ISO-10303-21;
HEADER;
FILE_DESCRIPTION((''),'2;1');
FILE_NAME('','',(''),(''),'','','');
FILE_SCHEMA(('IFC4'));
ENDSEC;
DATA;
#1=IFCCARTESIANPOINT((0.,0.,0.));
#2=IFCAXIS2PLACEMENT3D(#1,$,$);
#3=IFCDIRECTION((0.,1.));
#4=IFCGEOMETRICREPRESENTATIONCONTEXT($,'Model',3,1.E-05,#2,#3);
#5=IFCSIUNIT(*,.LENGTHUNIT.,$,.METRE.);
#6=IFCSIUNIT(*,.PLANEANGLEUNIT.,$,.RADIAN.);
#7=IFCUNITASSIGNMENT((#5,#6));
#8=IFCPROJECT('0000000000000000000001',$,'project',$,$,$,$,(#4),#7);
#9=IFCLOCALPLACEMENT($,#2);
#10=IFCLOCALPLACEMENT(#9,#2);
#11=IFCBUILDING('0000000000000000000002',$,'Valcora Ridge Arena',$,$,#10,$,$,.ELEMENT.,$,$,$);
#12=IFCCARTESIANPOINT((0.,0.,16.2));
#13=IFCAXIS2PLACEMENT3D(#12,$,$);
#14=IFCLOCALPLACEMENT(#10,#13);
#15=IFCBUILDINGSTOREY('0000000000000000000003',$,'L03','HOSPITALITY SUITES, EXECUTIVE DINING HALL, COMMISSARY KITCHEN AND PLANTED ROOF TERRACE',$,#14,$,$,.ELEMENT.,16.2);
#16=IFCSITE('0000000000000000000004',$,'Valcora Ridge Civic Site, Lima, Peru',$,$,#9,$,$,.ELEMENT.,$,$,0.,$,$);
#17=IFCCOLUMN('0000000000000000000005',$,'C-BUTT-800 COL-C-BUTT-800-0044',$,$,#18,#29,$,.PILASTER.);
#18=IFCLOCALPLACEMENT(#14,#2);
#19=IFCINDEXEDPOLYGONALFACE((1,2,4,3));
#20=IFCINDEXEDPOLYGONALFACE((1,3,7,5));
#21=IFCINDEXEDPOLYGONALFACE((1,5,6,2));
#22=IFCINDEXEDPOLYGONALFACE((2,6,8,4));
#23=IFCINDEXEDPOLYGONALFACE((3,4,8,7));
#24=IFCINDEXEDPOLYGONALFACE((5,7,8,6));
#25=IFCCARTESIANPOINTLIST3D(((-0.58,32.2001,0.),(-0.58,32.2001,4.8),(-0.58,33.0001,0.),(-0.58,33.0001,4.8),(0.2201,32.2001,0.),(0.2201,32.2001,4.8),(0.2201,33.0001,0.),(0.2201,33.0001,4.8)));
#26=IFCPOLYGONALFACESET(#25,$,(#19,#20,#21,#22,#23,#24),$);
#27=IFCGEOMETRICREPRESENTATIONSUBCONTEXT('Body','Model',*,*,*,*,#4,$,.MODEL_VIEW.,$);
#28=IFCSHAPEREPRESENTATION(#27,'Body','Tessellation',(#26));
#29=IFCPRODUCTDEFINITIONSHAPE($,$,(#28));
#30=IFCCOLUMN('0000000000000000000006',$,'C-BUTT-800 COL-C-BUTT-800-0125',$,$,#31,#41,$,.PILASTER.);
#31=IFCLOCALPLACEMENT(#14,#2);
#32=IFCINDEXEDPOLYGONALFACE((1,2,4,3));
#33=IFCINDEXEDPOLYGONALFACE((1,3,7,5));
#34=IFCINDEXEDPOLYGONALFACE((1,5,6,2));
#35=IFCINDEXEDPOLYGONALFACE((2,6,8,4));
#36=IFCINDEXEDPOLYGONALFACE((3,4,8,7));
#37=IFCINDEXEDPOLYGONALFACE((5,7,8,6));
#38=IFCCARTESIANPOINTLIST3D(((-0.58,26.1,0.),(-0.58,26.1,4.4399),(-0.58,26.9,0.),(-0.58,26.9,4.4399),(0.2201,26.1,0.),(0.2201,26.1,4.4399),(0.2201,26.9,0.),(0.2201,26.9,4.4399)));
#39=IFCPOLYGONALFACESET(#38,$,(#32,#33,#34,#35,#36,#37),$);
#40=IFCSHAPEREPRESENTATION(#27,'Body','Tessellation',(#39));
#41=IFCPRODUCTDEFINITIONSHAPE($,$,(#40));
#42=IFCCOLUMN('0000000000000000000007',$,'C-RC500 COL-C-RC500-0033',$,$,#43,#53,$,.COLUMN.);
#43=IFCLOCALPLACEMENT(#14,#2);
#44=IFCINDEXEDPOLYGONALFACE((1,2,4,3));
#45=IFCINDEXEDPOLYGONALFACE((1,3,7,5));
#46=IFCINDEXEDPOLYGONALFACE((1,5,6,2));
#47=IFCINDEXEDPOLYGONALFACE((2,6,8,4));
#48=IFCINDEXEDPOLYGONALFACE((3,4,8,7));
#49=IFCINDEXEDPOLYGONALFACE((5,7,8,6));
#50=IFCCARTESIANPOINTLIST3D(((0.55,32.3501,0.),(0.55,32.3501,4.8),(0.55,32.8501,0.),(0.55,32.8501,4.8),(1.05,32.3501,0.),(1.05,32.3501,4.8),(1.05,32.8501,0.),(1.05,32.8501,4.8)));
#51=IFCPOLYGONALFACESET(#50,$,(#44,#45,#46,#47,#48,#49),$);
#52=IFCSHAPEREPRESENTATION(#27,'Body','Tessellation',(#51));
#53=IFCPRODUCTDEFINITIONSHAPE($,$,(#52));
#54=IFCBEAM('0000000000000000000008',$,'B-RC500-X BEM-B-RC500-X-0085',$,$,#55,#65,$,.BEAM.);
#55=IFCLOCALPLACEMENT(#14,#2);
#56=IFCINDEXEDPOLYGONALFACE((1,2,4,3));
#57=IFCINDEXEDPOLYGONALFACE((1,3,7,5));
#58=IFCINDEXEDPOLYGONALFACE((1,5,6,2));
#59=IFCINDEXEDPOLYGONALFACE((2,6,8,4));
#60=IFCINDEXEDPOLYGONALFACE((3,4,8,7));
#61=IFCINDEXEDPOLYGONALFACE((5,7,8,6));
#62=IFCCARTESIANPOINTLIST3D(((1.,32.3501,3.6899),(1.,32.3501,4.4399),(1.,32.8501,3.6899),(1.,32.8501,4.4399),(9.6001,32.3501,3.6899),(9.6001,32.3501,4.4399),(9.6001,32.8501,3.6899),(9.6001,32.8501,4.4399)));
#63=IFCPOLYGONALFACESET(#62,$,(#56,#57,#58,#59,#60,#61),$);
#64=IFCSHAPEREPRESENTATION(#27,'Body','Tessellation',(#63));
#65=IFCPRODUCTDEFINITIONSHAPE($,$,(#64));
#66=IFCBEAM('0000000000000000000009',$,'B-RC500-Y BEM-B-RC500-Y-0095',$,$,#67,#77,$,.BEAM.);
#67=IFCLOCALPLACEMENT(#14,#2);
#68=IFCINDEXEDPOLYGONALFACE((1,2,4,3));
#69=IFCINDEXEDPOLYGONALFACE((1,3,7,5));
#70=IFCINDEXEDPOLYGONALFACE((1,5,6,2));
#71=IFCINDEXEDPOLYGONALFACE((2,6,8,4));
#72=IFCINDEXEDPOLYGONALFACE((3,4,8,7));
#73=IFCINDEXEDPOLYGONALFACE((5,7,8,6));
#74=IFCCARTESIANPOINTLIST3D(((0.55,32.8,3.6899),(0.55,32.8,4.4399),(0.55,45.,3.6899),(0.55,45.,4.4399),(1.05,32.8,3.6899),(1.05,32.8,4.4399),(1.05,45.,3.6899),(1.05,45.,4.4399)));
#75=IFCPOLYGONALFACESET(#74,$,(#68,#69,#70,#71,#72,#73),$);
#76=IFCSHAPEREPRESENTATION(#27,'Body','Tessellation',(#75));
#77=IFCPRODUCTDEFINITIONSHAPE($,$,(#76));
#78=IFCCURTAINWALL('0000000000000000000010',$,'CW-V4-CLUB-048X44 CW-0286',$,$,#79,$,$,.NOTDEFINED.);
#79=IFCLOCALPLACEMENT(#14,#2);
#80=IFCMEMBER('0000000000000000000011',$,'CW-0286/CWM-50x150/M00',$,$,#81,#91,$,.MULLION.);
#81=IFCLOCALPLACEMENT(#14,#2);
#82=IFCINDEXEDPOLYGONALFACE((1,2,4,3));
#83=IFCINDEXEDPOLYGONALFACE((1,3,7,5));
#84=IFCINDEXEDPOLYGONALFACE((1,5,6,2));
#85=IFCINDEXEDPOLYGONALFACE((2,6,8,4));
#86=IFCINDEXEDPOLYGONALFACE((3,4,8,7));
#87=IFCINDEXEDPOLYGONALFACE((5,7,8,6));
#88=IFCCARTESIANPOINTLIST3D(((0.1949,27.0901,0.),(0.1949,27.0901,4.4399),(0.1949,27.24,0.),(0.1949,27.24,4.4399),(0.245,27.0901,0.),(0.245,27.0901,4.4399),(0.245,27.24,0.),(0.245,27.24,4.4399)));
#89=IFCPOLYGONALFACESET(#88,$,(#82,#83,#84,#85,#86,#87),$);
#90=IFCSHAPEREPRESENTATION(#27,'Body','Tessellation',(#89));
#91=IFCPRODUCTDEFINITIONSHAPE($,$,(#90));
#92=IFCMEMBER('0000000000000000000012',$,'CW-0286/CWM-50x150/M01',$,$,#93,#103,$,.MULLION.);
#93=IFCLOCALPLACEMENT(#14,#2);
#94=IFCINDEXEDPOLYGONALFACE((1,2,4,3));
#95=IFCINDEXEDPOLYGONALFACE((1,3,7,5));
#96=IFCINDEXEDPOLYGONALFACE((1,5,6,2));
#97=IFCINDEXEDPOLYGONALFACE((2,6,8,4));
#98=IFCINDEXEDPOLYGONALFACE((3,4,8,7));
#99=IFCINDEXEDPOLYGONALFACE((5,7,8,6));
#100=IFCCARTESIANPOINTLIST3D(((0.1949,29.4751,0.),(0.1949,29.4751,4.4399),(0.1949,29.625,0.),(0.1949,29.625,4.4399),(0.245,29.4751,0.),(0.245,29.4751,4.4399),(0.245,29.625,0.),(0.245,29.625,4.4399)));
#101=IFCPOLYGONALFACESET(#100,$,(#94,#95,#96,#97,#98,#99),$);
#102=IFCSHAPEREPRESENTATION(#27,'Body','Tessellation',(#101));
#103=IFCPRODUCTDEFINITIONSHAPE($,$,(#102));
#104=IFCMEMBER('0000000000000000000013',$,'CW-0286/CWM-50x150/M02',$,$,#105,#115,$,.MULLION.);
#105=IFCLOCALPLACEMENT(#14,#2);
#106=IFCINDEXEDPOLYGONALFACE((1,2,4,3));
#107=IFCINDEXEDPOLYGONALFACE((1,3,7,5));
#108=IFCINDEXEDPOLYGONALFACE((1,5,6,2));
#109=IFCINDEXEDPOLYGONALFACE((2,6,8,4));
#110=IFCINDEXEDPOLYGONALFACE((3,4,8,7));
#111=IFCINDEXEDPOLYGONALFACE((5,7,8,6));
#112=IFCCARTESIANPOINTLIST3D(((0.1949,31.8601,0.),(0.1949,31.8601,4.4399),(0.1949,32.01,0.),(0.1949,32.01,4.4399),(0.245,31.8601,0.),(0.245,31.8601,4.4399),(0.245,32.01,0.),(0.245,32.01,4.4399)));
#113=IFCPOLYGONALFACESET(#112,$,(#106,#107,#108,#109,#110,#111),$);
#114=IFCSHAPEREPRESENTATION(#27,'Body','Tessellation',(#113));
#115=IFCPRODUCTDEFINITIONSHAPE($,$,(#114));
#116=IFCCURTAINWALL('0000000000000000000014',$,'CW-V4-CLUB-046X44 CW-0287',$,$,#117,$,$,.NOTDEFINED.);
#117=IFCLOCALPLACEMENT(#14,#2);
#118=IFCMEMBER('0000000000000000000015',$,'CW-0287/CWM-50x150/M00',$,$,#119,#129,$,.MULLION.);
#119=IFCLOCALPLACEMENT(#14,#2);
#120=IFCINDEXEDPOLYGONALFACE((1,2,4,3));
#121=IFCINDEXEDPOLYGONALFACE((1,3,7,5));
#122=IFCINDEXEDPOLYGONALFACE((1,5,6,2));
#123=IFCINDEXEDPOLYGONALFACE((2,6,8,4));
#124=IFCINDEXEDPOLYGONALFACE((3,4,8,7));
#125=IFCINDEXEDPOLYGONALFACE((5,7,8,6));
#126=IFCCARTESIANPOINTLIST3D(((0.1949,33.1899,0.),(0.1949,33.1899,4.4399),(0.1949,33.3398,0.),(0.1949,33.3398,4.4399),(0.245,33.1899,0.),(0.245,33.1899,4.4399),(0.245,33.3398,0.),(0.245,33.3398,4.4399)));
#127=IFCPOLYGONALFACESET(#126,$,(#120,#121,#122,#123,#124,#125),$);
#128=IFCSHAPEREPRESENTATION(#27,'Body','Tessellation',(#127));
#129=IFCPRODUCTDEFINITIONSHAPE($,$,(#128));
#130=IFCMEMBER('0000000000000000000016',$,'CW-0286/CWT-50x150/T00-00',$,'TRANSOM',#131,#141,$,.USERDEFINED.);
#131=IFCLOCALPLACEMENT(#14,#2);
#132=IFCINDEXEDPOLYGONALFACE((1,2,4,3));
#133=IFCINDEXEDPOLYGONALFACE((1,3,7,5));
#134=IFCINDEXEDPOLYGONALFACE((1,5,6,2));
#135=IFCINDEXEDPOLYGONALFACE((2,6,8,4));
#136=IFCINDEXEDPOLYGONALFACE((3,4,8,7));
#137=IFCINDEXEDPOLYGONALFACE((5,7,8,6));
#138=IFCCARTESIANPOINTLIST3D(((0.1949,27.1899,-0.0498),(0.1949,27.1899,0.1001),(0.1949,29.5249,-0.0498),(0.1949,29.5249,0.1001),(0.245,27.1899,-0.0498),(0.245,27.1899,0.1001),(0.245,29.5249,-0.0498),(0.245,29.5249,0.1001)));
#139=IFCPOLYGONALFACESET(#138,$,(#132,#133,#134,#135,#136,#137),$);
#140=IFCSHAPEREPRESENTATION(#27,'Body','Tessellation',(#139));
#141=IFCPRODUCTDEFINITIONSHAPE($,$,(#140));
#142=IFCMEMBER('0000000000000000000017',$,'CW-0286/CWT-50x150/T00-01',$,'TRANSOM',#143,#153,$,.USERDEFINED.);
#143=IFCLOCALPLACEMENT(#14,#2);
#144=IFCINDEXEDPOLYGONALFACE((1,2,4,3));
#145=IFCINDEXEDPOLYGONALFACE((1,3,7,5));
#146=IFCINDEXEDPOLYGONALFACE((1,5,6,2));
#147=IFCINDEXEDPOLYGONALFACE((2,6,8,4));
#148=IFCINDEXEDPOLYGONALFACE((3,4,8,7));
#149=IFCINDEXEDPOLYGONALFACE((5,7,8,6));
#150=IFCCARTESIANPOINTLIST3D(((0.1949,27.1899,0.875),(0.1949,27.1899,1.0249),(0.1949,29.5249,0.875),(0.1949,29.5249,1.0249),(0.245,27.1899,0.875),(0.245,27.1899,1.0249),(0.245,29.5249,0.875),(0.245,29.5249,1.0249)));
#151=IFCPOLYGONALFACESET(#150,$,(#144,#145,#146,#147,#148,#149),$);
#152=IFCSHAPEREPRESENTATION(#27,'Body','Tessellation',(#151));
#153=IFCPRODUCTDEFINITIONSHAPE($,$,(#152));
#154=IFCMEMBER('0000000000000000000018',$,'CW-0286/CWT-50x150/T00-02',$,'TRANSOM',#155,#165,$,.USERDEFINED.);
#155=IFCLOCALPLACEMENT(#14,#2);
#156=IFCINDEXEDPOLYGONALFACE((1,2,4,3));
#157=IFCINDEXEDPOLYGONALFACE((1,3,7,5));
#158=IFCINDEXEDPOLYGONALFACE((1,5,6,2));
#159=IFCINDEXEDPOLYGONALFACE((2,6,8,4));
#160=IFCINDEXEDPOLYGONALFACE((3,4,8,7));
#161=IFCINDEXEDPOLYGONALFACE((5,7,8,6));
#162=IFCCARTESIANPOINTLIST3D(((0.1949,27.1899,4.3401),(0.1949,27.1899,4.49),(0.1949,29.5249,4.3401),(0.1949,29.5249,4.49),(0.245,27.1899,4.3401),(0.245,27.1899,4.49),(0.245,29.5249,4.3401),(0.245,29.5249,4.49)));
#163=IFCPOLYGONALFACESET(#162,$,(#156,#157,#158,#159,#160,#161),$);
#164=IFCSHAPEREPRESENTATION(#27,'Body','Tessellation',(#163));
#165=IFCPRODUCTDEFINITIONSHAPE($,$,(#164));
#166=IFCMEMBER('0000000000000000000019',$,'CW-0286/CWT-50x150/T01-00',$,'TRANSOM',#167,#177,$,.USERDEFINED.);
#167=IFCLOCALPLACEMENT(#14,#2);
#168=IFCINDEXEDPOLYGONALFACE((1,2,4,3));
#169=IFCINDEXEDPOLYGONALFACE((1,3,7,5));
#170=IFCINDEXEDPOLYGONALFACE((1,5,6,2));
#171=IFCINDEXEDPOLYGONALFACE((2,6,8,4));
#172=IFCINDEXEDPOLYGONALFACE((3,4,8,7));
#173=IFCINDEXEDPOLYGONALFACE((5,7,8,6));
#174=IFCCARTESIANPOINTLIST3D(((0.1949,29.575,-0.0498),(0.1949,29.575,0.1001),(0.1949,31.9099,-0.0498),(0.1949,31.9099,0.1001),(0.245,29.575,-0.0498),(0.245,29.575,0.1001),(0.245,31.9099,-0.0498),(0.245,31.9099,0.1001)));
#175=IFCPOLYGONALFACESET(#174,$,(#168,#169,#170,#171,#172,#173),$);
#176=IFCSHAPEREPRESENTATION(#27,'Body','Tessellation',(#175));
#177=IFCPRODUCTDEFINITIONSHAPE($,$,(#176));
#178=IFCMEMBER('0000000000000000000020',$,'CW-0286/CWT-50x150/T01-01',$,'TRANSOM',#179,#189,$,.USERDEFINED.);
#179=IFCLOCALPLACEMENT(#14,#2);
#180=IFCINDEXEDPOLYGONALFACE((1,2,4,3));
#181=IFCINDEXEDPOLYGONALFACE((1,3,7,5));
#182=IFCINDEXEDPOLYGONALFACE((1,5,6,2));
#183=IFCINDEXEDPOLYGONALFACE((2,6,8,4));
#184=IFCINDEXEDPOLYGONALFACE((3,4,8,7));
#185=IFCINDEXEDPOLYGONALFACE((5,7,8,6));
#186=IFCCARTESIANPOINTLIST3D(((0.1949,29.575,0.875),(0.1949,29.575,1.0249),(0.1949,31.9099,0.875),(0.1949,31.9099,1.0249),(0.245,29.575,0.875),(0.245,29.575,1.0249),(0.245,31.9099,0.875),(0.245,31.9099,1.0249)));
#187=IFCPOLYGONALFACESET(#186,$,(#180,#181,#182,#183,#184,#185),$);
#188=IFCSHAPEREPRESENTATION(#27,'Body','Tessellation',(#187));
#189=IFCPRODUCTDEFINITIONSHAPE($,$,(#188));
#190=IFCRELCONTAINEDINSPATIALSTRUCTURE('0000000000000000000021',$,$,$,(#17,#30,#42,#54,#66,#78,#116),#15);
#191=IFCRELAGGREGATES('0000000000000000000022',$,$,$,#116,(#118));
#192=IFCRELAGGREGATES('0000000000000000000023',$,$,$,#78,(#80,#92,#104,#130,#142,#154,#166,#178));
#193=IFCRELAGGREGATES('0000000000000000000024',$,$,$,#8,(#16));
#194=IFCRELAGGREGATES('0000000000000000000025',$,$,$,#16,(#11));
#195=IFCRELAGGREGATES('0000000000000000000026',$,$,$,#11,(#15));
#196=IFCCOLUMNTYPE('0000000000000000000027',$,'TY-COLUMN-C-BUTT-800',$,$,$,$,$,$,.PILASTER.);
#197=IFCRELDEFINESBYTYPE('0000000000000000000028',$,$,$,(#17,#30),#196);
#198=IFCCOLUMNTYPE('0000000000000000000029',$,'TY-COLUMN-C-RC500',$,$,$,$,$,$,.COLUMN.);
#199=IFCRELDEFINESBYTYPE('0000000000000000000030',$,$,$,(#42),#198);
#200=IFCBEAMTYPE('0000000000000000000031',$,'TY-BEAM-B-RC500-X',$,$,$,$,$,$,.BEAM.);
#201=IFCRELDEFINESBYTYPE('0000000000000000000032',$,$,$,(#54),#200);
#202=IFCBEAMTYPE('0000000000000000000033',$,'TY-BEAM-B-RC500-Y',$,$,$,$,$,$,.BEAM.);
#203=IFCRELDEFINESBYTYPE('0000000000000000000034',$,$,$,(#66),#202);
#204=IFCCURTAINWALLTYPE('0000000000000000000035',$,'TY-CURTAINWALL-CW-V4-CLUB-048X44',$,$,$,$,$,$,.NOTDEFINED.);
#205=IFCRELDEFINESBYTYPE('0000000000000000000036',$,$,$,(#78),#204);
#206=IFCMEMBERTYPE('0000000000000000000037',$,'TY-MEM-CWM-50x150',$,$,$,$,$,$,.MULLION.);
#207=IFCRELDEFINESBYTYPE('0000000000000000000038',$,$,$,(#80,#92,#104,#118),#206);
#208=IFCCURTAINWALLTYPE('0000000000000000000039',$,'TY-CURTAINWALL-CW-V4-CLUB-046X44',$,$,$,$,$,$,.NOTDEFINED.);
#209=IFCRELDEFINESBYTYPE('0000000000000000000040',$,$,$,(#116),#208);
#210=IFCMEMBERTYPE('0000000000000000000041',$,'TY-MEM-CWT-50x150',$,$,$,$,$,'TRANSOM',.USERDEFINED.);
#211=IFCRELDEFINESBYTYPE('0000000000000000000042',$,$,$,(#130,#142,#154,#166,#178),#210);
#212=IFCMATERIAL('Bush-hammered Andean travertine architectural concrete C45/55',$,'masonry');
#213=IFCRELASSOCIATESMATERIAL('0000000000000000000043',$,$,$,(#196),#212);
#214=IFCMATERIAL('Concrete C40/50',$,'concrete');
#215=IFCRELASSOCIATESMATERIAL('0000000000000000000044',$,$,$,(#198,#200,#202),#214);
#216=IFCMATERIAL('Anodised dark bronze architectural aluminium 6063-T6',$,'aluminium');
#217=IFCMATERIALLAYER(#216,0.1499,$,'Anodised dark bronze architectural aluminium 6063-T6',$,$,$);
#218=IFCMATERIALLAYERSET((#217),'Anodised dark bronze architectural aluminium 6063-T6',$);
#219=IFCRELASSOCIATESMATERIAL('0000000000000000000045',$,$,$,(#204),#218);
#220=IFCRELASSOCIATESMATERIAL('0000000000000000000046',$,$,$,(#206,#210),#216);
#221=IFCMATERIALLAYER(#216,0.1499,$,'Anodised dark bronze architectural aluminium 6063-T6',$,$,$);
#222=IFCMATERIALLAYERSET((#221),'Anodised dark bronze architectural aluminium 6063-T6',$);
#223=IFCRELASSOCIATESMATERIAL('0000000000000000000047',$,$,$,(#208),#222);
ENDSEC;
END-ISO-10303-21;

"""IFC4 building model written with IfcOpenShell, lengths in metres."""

from ifc_helpers import new_model, si_unit, direction, frame, origin, origin_2d, place, context, subcontext, project, spatial, rectangle, extrude, material, layer, layer_set, material_profile, profile_set, type_object, element, aggregate, save


model = new_model("IFC4")

# Units and contexts
model_context = context("Model", 3, precision=1e-05, world=origin(), true_north=direction((0.0, 1.0)))
body_context = subcontext(model_context, "Body", "Model", "MODEL_VIEW")
ifc_project = project(units=[si_unit("LENGTHUNIT", "METRE"), si_unit("PLANEANGLEUNIT", "RADIAN")], contexts=[model_context])

# Site, building, storey
site_placement = place(None, origin())
site = spatial("IfcSite", under=ifc_project, at=site_placement, Name="Valcora Ridge Civic Site, Lima, Peru", CompositionType="ELEMENT", RefElevation=0.0)
building_placement = place(site_placement, origin())
building = spatial("IfcBuilding", under=site, at=building_placement, Name="Valcora Ridge Arena", CompositionType="ELEMENT")
storey_placement = place(building_placement, frame((0.0, 0.0, 16.2)))
storey = spatial("IfcBuildingStorey", under=building, at=storey_placement, Name="L03", Description="HOSPITALITY SUITES, EXECUTIVE DINING HALL, COMMISSARY KITCHEN AND PLANTED ROOF TERRACE", CompositionType="ELEMENT", Elevation=16.2)

# Columns
ifc_material_1 = material(Name="Bush-hammered Andean travertine architectural concrete C45/55", Category="masonry")
ifc_material_profile_1 = material_profile(ifc_material_1, rectangle(XDim=0.8, YDim=0.8, at=origin_2d()), Name="RC 800x800")
ifc_profile_set_1 = profile_set([ifc_material_profile_1], Name="Bush-hammered Andean travertine architectural concrete C45/55")
column_type_1 = type_object("IfcColumnType", Name="TY-COLUMN-C-BUTT-800", PredefinedType="PILASTER", material=ifc_profile_set_1)
column_1_placement = place(storey_placement, frame((-0.1799, 32.6001, 0.0), z_axis=(0.0, 0.0, 1.0), x_axis=(1.0, 0.0, 0.0)))
element("IfcColumn", 1, at=column_1_placement, inside=storey, type_object=column_type_1, Name="C-BUTT-800 COL-C-BUTT-800-0044", PredefinedType="PILASTER", context=body_context, shape_type="SweptSolid", body=[
    extrude(rectangle(XDim=0.8, YDim=0.8, at=origin_2d()), origin(), (0.0, 0.0, 1.0), 4.8),
])
column_2_placement = place(storey_placement, frame((-0.1799, 26.5, 0.0), z_axis=(0.0, 0.0, 1.0), x_axis=(1.0, 0.0, 0.0)))
element("IfcColumn", 2, at=column_2_placement, inside=storey, type_object=column_type_1, Name="C-BUTT-800 COL-C-BUTT-800-0125", PredefinedType="PILASTER", context=body_context, shape_type="SweptSolid", body=[
    extrude(rectangle(XDim=0.8, YDim=0.8, at=origin_2d()), origin(), (0.0, 0.0, 1.0), 4.4399),
])
ifc_material_2 = material(Name="Concrete C40/50", Category="concrete")
ifc_material_profile_2 = material_profile(ifc_material_2, rectangle(XDim=0.5, YDim=0.5, at=origin_2d()), Name="RC 500x500")
ifc_profile_set_2 = profile_set([ifc_material_profile_2], Name="Concrete C40/50")
column_type_2 = type_object("IfcColumnType", Name="TY-COLUMN-C-RC500", PredefinedType="COLUMN", material=ifc_profile_set_2)
column_3_placement = place(storey_placement, frame((0.8, 32.6001, 0.0), z_axis=(0.0, 0.0, 1.0), x_axis=(1.0, 0.0, 0.0)))
element("IfcColumn", 3, at=column_3_placement, inside=storey, type_object=column_type_2, Name="C-RC500 COL-C-RC500-0033", PredefinedType="COLUMN", context=body_context, shape_type="SweptSolid", body=[
    extrude(rectangle(XDim=0.5, YDim=0.5, at=origin_2d()), origin(), (0.0, 0.0, 1.0), 4.8),
])

# Beams
ifc_material_profile_3 = material_profile(ifc_material_2, rectangle(XDim=0.5, YDim=0.75, at=origin_2d()), Name="RC 500x750")
ifc_profile_set_3 = profile_set([ifc_material_profile_3], Name="Concrete C40/50")
beam_type_1 = type_object("IfcBeamType", Name="TY-BEAM-B-RC500-X", PredefinedType="BEAM", material=ifc_profile_set_3)
beam_1_placement = place(storey_placement, frame((1.0, 32.6001, 4.0649), z_axis=(1.0, 0.0, 0.0), x_axis=(0.0, 1.0, 0.0)))
element("IfcBeam", 4, at=beam_1_placement, inside=storey, type_object=beam_type_1, Name="B-RC500-X BEM-B-RC500-X-0085", PredefinedType="BEAM", context=body_context, shape_type="SweptSolid", body=[
    extrude(rectangle(XDim=0.5, YDim=0.75, at=origin_2d()), origin(), (0.0, 0.0, 1.0), 8.6001),
])
ifc_material_profile_4 = material_profile(ifc_material_2, rectangle(XDim=0.5, YDim=0.75, at=origin_2d()), Name="RC 500x750")
ifc_profile_set_4 = profile_set([ifc_material_profile_4], Name="Concrete C40/50")
beam_type_2 = type_object("IfcBeamType", Name="TY-BEAM-B-RC500-Y", PredefinedType="BEAM", material=ifc_profile_set_4)
beam_2_placement = place(storey_placement, frame((0.8, 32.8, 4.0649), z_axis=(0.0, 1.0, 0.0), x_axis=(-1.0, 0.0, 0.0)))
element("IfcBeam", 5, at=beam_2_placement, inside=storey, type_object=beam_type_2, Name="B-RC500-Y BEM-B-RC500-Y-0095", PredefinedType="BEAM", context=body_context, shape_type="SweptSolid", body=[
    extrude(rectangle(XDim=0.5, YDim=0.75, at=origin_2d()), origin(), (0.0, 0.0, 1.0), 12.2),
])

# Curtain wall, members
ifc_material_3 = material(Name="Anodised dark bronze architectural aluminium 6063-T6", Category="aluminium")
ifc_layer_1 = layer(ifc_material_3, 0.1499, Name="Anodised dark bronze architectural aluminium 6063-T6")
ifc_layer_set_1 = layer_set([ifc_layer_1], Name="Anodised dark bronze architectural aluminium 6063-T6")
curtain_wall_type_1 = type_object("IfcCurtainWallType", Name="TY-CURTAINWALL-CW-V4-CLUB-048X44", PredefinedType="NOTDEFINED", material=ifc_layer_set_1)
curtain_wall_1_placement = place(storey_placement, origin())
curtain_wall_1 = element("IfcCurtainWall", 6, at=curtain_wall_1_placement, inside=storey, type_object=curtain_wall_type_1, Name="CW-V4-CLUB-048X44 CW-0286", PredefinedType="NOTDEFINED")
ifc_material_profile_5 = material_profile(ifc_material_3, rectangle(XDim=0.05, YDim=0.1499, at=origin_2d()), Name="ALU MULLION 50x150")
ifc_profile_set_5 = profile_set([ifc_material_profile_5], Name="Anodised dark bronze architectural aluminium 6063-T6")
member_type_1 = type_object("IfcMemberType", Name="TY-MEM-CWM-50x150", PredefinedType="MULLION", material=ifc_profile_set_5)
member_1_placement = place(storey_placement, frame((0.22, 27.165, 0.0), z_axis=(0.0, 0.0, 1.0), x_axis=(-1.0, 0.0, 0.0)))
member_1 = element("IfcMember", 7, at=member_1_placement, type_object=member_type_1, Name="CW-0286/CWM-50x150/M00", PredefinedType="MULLION", context=body_context, shape_type="SweptSolid", body=[
    extrude(rectangle(XDim=0.05, YDim=0.1499, at=origin_2d()), origin(), (0.0, 0.0, 1.0), 4.4399),
])
member_2_placement = place(storey_placement, frame((0.22, 29.55, 0.0), z_axis=(0.0, 0.0, 1.0), x_axis=(-1.0, 0.0, 0.0)))
member_2 = element("IfcMember", 8, at=member_2_placement, type_object=member_type_1, Name="CW-0286/CWM-50x150/M01", PredefinedType="MULLION", context=body_context, shape_type="SweptSolid", body=[
    extrude(rectangle(XDim=0.05, YDim=0.1499, at=origin_2d()), origin(), (0.0, 0.0, 1.0), 4.4399),
])
member_3_placement = place(storey_placement, frame((0.22, 31.9351, 0.0), z_axis=(0.0, 0.0, 1.0), x_axis=(-1.0, 0.0, 0.0)))
member_3 = element("IfcMember", 9, at=member_3_placement, type_object=member_type_1, Name="CW-0286/CWM-50x150/M02", PredefinedType="MULLION", context=body_context, shape_type="SweptSolid", body=[
    extrude(rectangle(XDim=0.05, YDim=0.1499, at=origin_2d()), origin(), (0.0, 0.0, 1.0), 4.4399),
])

# Curtain wall, member
ifc_layer_2 = layer(ifc_material_3, 0.1499, Name="Anodised dark bronze architectural aluminium 6063-T6")
ifc_layer_set_2 = layer_set([ifc_layer_2], Name="Anodised dark bronze architectural aluminium 6063-T6")
curtain_wall_type_2 = type_object("IfcCurtainWallType", Name="TY-CURTAINWALL-CW-V4-CLUB-046X44", PredefinedType="NOTDEFINED", material=ifc_layer_set_2)
curtain_wall_2_placement = place(storey_placement, origin())
curtain_wall_2 = element("IfcCurtainWall", 10, at=curtain_wall_2_placement, inside=storey, type_object=curtain_wall_type_2, Name="CW-V4-CLUB-046X44 CW-0287", PredefinedType="NOTDEFINED")
member_4_placement = place(storey_placement, frame((0.22, 33.2649, 0.0), z_axis=(0.0, 0.0, 1.0), x_axis=(-1.0, 0.0, 0.0)))
member_4 = element("IfcMember", 11, at=member_4_placement, type_object=member_type_1, Name="CW-0287/CWM-50x150/M00", PredefinedType="MULLION", context=body_context, shape_type="SweptSolid", body=[
    extrude(rectangle(XDim=0.05, YDim=0.1499, at=origin_2d()), origin(), (0.0, 0.0, 1.0), 4.4399),
])

# Members
ifc_material_profile_6 = material_profile(ifc_material_3, rectangle(XDim=0.05, YDim=0.1499, at=origin_2d()), Name="ALU TRANSOM 50x150")
ifc_profile_set_6 = profile_set([ifc_material_profile_6], Name="Anodised dark bronze architectural aluminium 6063-T6")
member_type_2 = type_object("IfcMemberType", Name="TY-MEM-CWT-50x150", ElementType="TRANSOM", PredefinedType="USERDEFINED", material=ifc_profile_set_6)
member_5_placement = place(storey_placement, frame((0.22, 27.1899, 0.0251), z_axis=(0.0, 1.0, 0.0), x_axis=(-1.0, 0.0, 0.0)))
member_5 = element("IfcMember", 12, at=member_5_placement, type_object=member_type_2, Name="CW-0286/CWT-50x150/T00-00", ObjectType="TRANSOM", PredefinedType="USERDEFINED", context=body_context, shape_type="SweptSolid", body=[
    extrude(rectangle(XDim=0.05, YDim=0.1499, at=origin_2d()), origin(), (0.0, 0.0, 1.0), 2.335),
])
member_6_placement = place(storey_placement, frame((0.22, 27.1899, 0.95), z_axis=(0.0, 1.0, 0.0), x_axis=(-1.0, 0.0, 0.0)))
member_6 = element("IfcMember", 13, at=member_6_placement, type_object=member_type_2, Name="CW-0286/CWT-50x150/T00-01", ObjectType="TRANSOM", PredefinedType="USERDEFINED", context=body_context, shape_type="SweptSolid", body=[
    extrude(rectangle(XDim=0.05, YDim=0.1499, at=origin_2d()), origin(), (0.0, 0.0, 1.0), 2.335),
])
member_7_placement = place(storey_placement, frame((0.22, 27.1899, 4.415), z_axis=(0.0, 1.0, 0.0), x_axis=(-1.0, 0.0, 0.0)))
member_7 = element("IfcMember", 14, at=member_7_placement, type_object=member_type_2, Name="CW-0286/CWT-50x150/T00-02", ObjectType="TRANSOM", PredefinedType="USERDEFINED", context=body_context, shape_type="SweptSolid", body=[
    extrude(rectangle(XDim=0.05, YDim=0.1499, at=origin_2d()), origin(), (0.0, 0.0, 1.0), 2.335),
])
member_8_placement = place(storey_placement, frame((0.22, 29.575, 0.0251), z_axis=(0.0, 1.0, 0.0), x_axis=(-1.0, 0.0, 0.0)))
member_8 = element("IfcMember", 15, at=member_8_placement, type_object=member_type_2, Name="CW-0286/CWT-50x150/T01-00", ObjectType="TRANSOM", PredefinedType="USERDEFINED", context=body_context, shape_type="SweptSolid", body=[
    extrude(rectangle(XDim=0.05, YDim=0.1499, at=origin_2d()), origin(), (0.0, 0.0, 1.0), 2.335),
])
member_9_placement = place(storey_placement, frame((0.22, 29.575, 0.95), z_axis=(0.0, 1.0, 0.0), x_axis=(-1.0, 0.0, 0.0)))
member_9 = element("IfcMember", 16, at=member_9_placement, type_object=member_type_2, Name="CW-0286/CWT-50x150/T01-01", ObjectType="TRANSOM", PredefinedType="USERDEFINED", context=body_context, shape_type="SweptSolid", body=[
    extrude(rectangle(XDim=0.05, YDim=0.1499, at=origin_2d()), origin(), (0.0, 0.0, 1.0), 2.335),
])
aggregate(curtain_wall_2, [member_4])

aggregate(curtain_wall_1, [member_1, member_2, member_3, member_5, member_6, member_7, member_8, member_9])

save(model, "model.ifc")
